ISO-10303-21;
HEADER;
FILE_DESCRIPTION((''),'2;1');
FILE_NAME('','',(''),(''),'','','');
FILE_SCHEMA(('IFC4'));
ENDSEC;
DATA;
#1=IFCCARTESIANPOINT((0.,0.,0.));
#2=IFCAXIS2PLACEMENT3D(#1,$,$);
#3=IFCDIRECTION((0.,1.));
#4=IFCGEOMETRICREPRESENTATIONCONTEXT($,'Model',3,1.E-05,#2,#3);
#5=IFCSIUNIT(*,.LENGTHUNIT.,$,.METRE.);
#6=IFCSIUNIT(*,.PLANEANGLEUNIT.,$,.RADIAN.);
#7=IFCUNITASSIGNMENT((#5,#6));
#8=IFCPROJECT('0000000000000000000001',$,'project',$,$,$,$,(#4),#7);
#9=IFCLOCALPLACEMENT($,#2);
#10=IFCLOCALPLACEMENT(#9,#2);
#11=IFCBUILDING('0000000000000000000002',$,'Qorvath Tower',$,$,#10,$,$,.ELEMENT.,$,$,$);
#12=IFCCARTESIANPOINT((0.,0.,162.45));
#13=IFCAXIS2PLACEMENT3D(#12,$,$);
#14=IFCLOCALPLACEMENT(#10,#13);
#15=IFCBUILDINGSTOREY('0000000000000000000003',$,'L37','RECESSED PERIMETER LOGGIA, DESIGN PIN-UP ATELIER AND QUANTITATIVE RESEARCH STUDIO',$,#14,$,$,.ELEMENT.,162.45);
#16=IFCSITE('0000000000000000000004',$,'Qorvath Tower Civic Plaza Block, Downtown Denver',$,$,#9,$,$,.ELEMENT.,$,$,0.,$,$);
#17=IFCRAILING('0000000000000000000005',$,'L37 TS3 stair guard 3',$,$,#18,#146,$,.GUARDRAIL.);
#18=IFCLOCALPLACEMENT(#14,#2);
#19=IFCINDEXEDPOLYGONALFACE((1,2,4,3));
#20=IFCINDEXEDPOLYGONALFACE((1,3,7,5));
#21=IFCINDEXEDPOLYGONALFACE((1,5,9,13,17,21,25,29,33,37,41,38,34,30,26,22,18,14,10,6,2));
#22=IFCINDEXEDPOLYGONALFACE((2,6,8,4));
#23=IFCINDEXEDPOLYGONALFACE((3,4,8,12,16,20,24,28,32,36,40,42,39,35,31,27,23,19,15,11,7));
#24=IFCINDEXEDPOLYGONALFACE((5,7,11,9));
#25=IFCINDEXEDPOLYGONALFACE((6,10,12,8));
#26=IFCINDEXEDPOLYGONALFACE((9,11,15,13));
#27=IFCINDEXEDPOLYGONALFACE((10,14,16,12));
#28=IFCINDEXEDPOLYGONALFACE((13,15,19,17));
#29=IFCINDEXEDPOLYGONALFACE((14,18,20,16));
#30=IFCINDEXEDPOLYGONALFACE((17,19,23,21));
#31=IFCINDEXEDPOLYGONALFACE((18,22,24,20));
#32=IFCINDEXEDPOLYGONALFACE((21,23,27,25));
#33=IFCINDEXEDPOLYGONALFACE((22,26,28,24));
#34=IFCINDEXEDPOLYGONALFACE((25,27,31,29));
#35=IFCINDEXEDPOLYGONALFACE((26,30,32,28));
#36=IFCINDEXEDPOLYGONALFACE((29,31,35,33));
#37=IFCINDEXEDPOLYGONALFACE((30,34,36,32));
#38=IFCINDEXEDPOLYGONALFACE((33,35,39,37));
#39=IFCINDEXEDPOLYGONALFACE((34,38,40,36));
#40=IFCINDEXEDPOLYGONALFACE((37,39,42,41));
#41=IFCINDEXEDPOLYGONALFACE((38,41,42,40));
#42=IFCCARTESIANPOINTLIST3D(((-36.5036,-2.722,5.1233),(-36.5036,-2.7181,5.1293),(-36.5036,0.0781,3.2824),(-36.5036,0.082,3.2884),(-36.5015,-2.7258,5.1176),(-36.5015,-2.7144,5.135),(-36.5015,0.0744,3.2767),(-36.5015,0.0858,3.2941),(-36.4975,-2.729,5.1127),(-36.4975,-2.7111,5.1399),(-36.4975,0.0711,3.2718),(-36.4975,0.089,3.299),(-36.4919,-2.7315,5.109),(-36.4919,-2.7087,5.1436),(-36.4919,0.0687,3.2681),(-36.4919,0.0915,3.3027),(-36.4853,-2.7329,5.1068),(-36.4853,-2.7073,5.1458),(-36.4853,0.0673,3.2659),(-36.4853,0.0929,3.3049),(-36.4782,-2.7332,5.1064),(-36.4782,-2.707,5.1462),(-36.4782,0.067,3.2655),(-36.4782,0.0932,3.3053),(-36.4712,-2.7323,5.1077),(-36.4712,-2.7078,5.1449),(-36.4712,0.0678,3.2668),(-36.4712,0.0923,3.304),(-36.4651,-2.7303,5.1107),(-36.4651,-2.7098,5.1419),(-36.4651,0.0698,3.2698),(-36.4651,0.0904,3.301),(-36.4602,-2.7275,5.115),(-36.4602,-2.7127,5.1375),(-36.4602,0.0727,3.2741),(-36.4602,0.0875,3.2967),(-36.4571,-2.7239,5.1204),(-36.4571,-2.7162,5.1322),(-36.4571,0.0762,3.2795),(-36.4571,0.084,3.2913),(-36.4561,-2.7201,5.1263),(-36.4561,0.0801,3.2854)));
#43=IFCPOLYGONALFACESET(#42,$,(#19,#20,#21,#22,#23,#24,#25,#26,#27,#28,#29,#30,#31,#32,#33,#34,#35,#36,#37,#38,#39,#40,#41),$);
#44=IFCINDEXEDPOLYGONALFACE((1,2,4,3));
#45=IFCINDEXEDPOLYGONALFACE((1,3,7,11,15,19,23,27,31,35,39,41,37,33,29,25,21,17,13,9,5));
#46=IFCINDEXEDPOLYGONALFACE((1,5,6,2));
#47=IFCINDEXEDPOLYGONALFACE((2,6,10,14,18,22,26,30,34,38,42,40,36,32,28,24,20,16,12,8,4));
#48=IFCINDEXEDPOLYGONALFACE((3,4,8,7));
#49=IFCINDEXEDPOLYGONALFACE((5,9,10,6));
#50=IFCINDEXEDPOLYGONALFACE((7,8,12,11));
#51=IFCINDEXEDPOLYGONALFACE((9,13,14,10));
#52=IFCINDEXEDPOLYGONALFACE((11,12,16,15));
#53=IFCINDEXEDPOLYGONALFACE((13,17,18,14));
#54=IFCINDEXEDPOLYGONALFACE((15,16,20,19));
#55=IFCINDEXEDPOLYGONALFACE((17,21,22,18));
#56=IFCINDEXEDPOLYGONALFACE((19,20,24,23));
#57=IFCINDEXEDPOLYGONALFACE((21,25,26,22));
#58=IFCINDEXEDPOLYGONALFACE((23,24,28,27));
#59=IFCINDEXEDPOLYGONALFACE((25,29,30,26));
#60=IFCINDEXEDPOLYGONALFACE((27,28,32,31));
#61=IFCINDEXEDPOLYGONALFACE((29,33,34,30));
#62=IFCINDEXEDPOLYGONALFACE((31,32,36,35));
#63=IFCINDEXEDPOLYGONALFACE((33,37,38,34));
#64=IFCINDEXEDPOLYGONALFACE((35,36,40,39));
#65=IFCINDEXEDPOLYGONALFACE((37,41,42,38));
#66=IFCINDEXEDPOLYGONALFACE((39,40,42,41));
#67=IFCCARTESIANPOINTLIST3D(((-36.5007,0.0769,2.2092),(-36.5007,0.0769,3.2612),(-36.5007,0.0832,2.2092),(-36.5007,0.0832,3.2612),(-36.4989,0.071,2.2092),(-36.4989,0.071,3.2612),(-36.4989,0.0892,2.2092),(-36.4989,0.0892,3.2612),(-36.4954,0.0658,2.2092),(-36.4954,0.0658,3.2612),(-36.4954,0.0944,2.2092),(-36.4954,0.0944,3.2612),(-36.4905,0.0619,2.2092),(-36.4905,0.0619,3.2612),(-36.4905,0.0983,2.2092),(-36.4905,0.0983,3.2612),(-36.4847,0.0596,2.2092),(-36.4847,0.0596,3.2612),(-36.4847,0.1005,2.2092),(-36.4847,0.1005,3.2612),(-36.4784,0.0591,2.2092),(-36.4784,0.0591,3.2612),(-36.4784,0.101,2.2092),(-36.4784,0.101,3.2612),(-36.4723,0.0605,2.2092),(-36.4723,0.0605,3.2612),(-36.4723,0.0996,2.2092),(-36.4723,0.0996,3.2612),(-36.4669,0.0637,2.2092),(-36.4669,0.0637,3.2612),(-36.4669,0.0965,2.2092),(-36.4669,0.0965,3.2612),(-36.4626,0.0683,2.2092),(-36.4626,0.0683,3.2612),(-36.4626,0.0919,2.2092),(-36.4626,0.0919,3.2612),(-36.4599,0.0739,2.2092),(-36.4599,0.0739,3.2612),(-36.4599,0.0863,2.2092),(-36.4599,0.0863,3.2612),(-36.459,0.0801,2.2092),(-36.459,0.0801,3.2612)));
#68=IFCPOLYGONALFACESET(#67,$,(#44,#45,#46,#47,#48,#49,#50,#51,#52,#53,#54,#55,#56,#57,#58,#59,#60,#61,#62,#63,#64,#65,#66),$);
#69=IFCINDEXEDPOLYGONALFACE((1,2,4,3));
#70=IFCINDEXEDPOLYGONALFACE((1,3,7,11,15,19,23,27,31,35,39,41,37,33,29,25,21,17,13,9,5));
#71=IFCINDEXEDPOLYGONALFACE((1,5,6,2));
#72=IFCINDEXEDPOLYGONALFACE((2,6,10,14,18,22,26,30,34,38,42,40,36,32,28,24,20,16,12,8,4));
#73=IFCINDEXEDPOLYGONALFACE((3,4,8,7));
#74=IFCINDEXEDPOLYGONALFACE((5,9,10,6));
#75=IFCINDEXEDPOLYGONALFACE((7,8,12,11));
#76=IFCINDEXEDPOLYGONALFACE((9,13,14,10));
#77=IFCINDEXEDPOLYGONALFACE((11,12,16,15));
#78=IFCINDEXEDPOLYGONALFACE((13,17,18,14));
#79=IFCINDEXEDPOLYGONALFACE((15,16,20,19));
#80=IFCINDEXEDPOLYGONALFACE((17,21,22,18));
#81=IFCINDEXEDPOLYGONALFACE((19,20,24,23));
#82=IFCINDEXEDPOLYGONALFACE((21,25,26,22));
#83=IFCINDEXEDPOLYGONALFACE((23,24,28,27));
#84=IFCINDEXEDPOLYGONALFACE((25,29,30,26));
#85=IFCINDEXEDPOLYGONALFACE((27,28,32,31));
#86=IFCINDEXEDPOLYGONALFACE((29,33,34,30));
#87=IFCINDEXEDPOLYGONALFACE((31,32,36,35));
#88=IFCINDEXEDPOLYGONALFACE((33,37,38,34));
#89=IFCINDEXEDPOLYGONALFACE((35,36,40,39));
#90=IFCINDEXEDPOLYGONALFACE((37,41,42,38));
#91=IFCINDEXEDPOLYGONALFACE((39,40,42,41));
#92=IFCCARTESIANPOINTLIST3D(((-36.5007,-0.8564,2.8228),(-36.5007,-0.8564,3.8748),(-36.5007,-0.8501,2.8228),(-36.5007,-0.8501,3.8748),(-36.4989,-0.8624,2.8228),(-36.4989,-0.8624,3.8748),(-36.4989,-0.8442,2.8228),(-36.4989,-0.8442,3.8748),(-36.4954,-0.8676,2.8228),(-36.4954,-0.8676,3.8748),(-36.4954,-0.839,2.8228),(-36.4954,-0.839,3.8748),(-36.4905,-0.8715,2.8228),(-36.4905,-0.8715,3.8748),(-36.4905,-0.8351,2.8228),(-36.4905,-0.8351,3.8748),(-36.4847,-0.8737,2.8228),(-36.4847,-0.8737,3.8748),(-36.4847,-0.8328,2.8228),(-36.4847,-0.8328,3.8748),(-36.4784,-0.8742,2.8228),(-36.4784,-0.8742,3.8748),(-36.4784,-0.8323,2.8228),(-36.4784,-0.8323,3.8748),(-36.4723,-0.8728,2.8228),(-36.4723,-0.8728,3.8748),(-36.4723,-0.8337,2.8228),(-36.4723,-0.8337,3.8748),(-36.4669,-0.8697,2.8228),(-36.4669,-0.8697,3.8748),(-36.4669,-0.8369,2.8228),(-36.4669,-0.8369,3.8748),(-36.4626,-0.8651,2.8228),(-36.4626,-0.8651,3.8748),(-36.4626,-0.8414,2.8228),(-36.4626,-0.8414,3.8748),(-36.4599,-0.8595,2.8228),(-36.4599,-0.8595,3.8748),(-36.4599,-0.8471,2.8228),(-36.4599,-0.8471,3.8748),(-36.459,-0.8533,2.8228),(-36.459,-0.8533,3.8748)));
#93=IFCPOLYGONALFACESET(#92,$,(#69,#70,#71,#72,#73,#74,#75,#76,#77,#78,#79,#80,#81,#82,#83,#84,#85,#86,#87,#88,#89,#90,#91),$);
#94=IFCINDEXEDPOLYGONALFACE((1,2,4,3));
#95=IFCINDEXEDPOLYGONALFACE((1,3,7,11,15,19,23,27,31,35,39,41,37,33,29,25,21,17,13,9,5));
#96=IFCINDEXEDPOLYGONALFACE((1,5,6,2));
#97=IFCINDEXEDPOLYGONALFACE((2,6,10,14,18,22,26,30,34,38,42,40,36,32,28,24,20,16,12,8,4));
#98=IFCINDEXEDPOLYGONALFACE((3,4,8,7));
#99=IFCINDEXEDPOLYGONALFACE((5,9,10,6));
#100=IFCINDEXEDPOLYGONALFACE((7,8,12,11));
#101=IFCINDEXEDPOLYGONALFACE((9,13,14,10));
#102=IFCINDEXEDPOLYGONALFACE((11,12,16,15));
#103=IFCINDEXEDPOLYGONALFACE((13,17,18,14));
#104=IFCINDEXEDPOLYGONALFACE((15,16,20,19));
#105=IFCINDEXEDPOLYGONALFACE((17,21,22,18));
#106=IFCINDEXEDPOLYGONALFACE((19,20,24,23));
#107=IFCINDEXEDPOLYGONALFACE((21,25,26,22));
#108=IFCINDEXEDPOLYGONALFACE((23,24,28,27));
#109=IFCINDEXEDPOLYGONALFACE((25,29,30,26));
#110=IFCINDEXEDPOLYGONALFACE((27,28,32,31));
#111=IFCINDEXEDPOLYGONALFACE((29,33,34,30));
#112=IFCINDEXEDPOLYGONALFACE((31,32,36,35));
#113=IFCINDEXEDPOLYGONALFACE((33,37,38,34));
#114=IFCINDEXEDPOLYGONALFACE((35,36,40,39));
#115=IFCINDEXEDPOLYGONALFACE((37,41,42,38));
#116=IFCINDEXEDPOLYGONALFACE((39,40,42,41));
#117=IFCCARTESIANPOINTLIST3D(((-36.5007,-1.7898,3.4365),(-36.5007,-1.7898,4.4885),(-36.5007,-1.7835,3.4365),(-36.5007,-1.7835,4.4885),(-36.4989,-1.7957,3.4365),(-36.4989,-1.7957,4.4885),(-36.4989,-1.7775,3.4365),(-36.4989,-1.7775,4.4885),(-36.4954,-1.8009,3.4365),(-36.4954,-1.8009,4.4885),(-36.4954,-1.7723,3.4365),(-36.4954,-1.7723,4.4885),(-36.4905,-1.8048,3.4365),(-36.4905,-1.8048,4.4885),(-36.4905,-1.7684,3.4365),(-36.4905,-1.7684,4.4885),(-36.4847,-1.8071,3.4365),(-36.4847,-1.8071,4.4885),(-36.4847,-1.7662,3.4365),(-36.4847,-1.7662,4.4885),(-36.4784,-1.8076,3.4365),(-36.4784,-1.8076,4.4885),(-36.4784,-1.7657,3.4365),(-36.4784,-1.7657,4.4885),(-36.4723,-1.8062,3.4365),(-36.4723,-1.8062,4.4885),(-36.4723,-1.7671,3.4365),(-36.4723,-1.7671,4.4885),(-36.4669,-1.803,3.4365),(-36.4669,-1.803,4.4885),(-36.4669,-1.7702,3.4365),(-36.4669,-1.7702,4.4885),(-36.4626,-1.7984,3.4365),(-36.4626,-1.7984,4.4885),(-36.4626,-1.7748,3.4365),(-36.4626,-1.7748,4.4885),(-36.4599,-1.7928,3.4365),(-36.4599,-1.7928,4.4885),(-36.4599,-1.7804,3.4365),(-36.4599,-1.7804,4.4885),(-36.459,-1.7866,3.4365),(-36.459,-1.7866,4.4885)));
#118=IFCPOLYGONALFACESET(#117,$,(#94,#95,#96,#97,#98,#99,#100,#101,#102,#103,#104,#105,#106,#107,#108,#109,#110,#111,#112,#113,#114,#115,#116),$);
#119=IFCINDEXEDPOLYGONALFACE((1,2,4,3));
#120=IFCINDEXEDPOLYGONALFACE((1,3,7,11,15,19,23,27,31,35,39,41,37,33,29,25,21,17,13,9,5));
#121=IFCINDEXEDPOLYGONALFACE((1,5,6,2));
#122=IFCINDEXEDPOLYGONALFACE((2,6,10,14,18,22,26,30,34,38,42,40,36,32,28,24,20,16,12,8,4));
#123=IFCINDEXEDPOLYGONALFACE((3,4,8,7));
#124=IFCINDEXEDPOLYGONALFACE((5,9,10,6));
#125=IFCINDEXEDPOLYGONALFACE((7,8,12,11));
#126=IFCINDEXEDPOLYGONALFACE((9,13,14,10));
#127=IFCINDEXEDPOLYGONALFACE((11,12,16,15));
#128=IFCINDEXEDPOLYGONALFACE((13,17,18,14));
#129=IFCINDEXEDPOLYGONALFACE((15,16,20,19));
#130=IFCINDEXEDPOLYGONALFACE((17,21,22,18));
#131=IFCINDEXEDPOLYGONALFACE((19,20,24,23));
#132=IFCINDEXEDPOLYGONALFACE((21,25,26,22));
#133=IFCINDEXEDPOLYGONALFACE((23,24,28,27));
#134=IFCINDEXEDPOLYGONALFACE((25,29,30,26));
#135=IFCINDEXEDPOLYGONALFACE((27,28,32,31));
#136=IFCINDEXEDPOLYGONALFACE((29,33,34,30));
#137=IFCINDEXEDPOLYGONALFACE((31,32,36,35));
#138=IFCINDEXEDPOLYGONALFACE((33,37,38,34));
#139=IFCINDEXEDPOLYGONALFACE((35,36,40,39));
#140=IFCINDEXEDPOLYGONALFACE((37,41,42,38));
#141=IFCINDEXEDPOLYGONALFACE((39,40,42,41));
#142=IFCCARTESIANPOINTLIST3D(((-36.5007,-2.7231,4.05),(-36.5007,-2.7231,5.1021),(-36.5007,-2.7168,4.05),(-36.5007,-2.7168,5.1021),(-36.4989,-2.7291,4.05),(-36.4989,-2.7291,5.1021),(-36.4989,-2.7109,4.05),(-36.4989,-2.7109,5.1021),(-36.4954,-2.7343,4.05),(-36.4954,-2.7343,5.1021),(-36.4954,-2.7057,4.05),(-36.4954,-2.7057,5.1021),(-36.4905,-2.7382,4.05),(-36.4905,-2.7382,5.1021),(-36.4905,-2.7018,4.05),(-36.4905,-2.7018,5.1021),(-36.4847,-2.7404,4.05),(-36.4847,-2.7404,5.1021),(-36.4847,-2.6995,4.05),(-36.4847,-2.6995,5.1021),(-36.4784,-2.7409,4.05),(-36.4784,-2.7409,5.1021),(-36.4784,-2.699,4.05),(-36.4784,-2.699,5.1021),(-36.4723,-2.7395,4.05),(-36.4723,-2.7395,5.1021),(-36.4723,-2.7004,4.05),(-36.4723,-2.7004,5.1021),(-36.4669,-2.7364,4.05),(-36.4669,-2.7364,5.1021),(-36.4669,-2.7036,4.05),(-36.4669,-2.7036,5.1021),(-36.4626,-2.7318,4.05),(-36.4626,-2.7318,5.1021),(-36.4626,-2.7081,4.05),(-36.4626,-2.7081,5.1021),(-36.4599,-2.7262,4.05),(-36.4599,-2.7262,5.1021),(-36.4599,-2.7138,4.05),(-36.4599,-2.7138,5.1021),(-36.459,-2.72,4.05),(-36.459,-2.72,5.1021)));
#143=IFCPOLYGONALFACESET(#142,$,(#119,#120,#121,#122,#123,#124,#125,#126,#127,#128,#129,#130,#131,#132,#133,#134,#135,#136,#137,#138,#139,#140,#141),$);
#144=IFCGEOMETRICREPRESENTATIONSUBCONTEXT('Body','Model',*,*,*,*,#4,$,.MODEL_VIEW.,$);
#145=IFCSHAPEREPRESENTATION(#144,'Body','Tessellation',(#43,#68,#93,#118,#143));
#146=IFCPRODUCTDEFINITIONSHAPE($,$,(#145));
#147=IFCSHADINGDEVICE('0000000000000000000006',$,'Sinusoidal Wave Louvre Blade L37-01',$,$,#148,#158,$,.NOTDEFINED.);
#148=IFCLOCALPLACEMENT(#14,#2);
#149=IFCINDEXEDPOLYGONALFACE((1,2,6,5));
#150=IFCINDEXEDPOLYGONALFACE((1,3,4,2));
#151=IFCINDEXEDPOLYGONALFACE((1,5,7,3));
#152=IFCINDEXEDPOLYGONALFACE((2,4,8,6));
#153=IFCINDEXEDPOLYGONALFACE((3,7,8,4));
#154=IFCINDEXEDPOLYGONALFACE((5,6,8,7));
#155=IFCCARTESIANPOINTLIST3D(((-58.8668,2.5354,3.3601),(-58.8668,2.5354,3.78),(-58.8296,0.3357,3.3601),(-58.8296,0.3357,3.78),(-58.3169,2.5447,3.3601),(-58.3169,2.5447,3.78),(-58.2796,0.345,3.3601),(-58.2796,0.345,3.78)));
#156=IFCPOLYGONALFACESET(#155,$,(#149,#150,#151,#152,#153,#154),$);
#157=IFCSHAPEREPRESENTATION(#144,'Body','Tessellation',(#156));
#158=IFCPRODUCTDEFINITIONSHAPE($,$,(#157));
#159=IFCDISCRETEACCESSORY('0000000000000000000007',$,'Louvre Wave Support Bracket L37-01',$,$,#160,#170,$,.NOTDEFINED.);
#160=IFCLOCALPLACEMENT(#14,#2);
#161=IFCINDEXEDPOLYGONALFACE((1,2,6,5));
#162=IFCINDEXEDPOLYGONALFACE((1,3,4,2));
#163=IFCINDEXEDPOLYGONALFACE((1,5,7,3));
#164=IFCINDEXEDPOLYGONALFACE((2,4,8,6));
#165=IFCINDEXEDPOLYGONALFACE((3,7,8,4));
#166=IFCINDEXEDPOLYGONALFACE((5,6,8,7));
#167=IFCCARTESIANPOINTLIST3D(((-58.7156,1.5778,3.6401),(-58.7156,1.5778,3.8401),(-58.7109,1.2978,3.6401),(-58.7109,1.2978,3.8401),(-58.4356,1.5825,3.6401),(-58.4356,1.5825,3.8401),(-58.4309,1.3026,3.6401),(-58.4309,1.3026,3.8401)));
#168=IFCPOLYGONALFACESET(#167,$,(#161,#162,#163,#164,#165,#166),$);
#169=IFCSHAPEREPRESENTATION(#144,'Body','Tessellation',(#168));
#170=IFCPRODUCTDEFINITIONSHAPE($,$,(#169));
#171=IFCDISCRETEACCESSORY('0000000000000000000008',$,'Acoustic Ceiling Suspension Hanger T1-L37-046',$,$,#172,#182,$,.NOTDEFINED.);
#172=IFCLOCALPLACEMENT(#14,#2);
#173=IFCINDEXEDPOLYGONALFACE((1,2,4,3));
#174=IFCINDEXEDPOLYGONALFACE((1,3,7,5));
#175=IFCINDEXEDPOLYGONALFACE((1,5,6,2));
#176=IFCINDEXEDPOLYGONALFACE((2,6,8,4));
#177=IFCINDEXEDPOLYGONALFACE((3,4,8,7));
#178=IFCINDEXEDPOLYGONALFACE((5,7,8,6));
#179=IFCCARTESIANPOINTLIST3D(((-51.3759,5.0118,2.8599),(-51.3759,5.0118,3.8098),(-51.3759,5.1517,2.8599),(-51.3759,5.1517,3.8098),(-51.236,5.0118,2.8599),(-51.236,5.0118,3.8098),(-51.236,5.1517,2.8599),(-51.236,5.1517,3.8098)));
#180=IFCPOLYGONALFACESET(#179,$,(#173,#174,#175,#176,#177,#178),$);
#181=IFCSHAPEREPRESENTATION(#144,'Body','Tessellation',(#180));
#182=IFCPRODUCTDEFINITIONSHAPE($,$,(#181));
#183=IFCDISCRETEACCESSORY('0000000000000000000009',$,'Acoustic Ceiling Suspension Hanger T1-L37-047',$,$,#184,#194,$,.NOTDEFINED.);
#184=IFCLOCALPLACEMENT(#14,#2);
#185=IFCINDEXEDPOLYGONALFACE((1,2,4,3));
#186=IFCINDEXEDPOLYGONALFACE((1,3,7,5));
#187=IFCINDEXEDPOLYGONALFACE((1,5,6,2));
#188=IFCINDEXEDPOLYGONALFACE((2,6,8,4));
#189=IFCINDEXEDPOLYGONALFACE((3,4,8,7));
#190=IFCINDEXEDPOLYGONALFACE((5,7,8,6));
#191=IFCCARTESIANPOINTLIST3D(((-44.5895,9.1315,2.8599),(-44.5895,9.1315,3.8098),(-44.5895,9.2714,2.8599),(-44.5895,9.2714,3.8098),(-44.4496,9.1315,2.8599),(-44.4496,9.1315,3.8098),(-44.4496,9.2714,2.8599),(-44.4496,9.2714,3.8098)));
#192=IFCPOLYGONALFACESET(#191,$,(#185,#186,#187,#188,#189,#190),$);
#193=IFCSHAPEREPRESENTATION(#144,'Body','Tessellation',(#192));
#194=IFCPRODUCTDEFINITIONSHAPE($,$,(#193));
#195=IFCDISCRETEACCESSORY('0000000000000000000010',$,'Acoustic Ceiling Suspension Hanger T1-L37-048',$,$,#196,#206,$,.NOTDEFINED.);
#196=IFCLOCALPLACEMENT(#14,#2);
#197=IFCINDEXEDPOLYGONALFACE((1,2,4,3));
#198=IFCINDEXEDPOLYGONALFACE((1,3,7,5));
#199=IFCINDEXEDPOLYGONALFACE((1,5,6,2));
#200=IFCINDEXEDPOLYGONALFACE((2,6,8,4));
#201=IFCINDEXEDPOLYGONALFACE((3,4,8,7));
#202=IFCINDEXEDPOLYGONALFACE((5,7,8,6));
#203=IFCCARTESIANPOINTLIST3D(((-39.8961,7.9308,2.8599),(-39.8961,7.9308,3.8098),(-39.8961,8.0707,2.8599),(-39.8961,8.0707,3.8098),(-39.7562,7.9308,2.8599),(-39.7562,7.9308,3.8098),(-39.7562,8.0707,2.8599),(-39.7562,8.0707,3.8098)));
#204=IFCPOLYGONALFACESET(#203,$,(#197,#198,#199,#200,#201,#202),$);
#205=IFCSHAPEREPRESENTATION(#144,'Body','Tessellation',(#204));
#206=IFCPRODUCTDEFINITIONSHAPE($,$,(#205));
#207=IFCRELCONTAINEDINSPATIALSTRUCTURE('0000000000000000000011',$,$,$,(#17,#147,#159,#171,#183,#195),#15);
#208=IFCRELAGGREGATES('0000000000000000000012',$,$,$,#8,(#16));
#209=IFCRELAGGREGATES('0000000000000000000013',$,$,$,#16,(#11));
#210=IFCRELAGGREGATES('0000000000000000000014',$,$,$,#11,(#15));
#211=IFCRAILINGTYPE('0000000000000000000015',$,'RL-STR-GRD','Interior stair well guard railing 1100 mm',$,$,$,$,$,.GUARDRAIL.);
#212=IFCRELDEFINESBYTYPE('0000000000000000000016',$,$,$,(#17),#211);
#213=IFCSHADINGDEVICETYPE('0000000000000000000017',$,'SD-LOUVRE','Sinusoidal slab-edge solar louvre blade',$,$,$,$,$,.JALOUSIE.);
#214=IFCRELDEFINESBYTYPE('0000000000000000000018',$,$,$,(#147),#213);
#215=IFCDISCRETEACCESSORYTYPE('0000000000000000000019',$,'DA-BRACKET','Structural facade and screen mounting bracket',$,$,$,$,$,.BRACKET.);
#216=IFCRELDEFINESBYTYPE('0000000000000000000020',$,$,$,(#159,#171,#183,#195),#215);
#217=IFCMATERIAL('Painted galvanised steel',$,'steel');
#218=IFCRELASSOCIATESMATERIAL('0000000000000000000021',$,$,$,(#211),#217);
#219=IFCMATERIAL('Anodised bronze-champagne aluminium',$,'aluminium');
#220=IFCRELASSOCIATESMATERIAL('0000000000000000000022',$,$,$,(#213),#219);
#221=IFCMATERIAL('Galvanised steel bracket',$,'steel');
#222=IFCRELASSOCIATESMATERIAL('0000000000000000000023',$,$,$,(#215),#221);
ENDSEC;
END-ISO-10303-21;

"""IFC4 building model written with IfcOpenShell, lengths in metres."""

from ifc_helpers import new_model, si_unit, direction, frame, origin, origin_2d, place, context, subcontext, project, spatial, rectangle, circle, extrude, material, type_object, element, save


model = new_model("IFC4")

# Units and contexts
model_context = context("Model", 3, precision=1e-05, world=origin(), true_north=direction((0.0, 1.0)))
body_context = subcontext(model_context, "Body", "Model", "MODEL_VIEW")
ifc_project = project(units=[si_unit("LENGTHUNIT", "METRE"), si_unit("PLANEANGLEUNIT", "RADIAN")], contexts=[model_context])

# Site, building, storey
site_placement = place(None, origin())
site = spatial("IfcSite", under=ifc_project, at=site_placement, Name="Qorvath Tower Civic Plaza Block, Downtown Denver", CompositionType="ELEMENT", RefElevation=0.0)
building_placement = place(site_placement, origin())
building = spatial("IfcBuilding", under=site, at=building_placement, Name="Qorvath Tower", CompositionType="ELEMENT")
storey_placement = place(building_placement, frame((0.0, 0.0, 162.45)))
storey = spatial("IfcBuildingStorey", under=building, at=storey_placement, Name="L37", Description="RECESSED PERIMETER LOGGIA, DESIGN PIN-UP ATELIER AND QUANTITATIVE RESEARCH STUDIO", CompositionType="ELEMENT", Elevation=162.45)

# Railing
ifc_material_1 = material(Name="Painted galvanised steel", Category="steel")
railing_type = type_object("IfcRailingType", Name="RL-STR-GRD", Description="Interior stair well guard railing 1100 mm", PredefinedType="GUARDRAIL", material=ifc_material_1)
railing_1_placement = place(storey_placement, frame((-36.48, 0.0801, 2.2092)))
element("IfcRailing", 1, at=railing_1_placement, inside=storey, type_object=railing_type, Name="L37 TS3 stair guard 3", PredefinedType="GUARDRAIL", context=body_context, shape_type="SweptSolid", body=[
    extrude(circle(Radius=0.0239, at=origin_2d()), frame((0.0, 0.0, 1.0762), z_axis=(0.0, -0.835598, 0.549342), x_axis=(1.0, 0.0, 0.0)), (0.0, 0.0, 1.0), 3.3511),
    extrude(circle(Radius=0.021, at=origin_2d()), origin(), (0.0, 0.0, 1.0), 1.052),
    extrude(circle(Radius=0.021, at=origin_2d()), frame((0.0, -0.9333, 0.6135)), (0.0, 0.0, 1.0), 1.052),
    extrude(circle(Radius=0.021, at=origin_2d()), frame((0.0, -1.8667, 1.2273)), (0.0, 0.0, 1.0), 1.052),
    extrude(circle(Radius=0.021, at=origin_2d()), frame((0.0, -2.8, 1.8408)), (0.0, 0.0, 1.0), 1.052),
])

# Shading device
ifc_material_2 = material(Name="Anodised bronze-champagne aluminium", Category="aluminium")
shading_device_type = type_object("IfcShadingDeviceType", Name="SD-LOUVRE", Description="Sinusoidal slab-edge solar louvre blade", PredefinedType="JALOUSIE", material=ifc_material_2)
shading_device_placement = place(storey_placement, frame((-58.5732, 1.4402, 3.3601), z_axis=(0.0, 0.0, 1.0), x_axis=(0.01692, -0.999857, 0.0)))
element("IfcShadingDevice", 2, at=shading_device_placement, inside=storey, type_object=shading_device_type, Name="Sinusoidal Wave Louvre Blade L37-01", PredefinedType="NOTDEFINED", context=body_context, shape_type="SweptSolid", body=[
    extrude(rectangle(XDim=2.2, YDim=0.55, at=origin_2d()), origin(), (0.0, 0.0, 1.0), 0.4199),
])

# Discrete accessories
ifc_material_3 = material(Name="Galvanised steel bracket", Category="steel")
discrete_accessory_type = type_object("IfcDiscreteAccessoryType", Name="DA-BRACKET", Description="Structural facade and screen mounting bracket", PredefinedType="BRACKET", material=ifc_material_3)
discrete_accessory_placement = place(storey_placement, frame((-58.5732, 1.4402, 3.6401), z_axis=(0.0, 0.0, 1.0), x_axis=(0.01692, -0.999857, 0.0)))
element("IfcDiscreteAccessory", 3, at=discrete_accessory_placement, inside=storey, type_object=discrete_accessory_type, Name="Louvre Wave Support Bracket L37-01", PredefinedType="NOTDEFINED", context=body_context, shape_type="SweptSolid", body=[
    extrude(rectangle(XDim=0.28, YDim=0.28, at=origin_2d()), origin(), (0.0, 0.0, 1.0), 0.2),
])
for number, where, z_axis, x_axis, name in (
    (4, (-51.3059, 5.0818, 2.8599), (0.0, 0.0, 1.0), (1.0, 0.0, 0.0), "Acoustic Ceiling Suspension Hanger T1-L37-046"),
    (5, (-44.5195, 9.2014, 2.8599), (0.0, 0.0, 1.0), (1.0, 0.0, 0.0), "Acoustic Ceiling Suspension Hanger T1-L37-047"),
    (6, (-39.8262, 8.0007, 2.8599), (0.0, 0.0, 1.0), (1.0, 0.0, 0.0), "Acoustic Ceiling Suspension Hanger T1-L37-048"),
):
    element("IfcDiscreteAccessory", number, at=place(storey_placement, frame(where, z_axis=z_axis, x_axis=x_axis)), inside=storey, type_object=discrete_accessory_type, Name=name, PredefinedType="NOTDEFINED", context=body_context, shape_type="SweptSolid", body=[
        extrude(rectangle(XDim=0.1399, YDim=0.1399, at=origin_2d()), origin(), (0.0, 0.0, 1.0), 0.95),
    ])

save(model, "model.ifc")
